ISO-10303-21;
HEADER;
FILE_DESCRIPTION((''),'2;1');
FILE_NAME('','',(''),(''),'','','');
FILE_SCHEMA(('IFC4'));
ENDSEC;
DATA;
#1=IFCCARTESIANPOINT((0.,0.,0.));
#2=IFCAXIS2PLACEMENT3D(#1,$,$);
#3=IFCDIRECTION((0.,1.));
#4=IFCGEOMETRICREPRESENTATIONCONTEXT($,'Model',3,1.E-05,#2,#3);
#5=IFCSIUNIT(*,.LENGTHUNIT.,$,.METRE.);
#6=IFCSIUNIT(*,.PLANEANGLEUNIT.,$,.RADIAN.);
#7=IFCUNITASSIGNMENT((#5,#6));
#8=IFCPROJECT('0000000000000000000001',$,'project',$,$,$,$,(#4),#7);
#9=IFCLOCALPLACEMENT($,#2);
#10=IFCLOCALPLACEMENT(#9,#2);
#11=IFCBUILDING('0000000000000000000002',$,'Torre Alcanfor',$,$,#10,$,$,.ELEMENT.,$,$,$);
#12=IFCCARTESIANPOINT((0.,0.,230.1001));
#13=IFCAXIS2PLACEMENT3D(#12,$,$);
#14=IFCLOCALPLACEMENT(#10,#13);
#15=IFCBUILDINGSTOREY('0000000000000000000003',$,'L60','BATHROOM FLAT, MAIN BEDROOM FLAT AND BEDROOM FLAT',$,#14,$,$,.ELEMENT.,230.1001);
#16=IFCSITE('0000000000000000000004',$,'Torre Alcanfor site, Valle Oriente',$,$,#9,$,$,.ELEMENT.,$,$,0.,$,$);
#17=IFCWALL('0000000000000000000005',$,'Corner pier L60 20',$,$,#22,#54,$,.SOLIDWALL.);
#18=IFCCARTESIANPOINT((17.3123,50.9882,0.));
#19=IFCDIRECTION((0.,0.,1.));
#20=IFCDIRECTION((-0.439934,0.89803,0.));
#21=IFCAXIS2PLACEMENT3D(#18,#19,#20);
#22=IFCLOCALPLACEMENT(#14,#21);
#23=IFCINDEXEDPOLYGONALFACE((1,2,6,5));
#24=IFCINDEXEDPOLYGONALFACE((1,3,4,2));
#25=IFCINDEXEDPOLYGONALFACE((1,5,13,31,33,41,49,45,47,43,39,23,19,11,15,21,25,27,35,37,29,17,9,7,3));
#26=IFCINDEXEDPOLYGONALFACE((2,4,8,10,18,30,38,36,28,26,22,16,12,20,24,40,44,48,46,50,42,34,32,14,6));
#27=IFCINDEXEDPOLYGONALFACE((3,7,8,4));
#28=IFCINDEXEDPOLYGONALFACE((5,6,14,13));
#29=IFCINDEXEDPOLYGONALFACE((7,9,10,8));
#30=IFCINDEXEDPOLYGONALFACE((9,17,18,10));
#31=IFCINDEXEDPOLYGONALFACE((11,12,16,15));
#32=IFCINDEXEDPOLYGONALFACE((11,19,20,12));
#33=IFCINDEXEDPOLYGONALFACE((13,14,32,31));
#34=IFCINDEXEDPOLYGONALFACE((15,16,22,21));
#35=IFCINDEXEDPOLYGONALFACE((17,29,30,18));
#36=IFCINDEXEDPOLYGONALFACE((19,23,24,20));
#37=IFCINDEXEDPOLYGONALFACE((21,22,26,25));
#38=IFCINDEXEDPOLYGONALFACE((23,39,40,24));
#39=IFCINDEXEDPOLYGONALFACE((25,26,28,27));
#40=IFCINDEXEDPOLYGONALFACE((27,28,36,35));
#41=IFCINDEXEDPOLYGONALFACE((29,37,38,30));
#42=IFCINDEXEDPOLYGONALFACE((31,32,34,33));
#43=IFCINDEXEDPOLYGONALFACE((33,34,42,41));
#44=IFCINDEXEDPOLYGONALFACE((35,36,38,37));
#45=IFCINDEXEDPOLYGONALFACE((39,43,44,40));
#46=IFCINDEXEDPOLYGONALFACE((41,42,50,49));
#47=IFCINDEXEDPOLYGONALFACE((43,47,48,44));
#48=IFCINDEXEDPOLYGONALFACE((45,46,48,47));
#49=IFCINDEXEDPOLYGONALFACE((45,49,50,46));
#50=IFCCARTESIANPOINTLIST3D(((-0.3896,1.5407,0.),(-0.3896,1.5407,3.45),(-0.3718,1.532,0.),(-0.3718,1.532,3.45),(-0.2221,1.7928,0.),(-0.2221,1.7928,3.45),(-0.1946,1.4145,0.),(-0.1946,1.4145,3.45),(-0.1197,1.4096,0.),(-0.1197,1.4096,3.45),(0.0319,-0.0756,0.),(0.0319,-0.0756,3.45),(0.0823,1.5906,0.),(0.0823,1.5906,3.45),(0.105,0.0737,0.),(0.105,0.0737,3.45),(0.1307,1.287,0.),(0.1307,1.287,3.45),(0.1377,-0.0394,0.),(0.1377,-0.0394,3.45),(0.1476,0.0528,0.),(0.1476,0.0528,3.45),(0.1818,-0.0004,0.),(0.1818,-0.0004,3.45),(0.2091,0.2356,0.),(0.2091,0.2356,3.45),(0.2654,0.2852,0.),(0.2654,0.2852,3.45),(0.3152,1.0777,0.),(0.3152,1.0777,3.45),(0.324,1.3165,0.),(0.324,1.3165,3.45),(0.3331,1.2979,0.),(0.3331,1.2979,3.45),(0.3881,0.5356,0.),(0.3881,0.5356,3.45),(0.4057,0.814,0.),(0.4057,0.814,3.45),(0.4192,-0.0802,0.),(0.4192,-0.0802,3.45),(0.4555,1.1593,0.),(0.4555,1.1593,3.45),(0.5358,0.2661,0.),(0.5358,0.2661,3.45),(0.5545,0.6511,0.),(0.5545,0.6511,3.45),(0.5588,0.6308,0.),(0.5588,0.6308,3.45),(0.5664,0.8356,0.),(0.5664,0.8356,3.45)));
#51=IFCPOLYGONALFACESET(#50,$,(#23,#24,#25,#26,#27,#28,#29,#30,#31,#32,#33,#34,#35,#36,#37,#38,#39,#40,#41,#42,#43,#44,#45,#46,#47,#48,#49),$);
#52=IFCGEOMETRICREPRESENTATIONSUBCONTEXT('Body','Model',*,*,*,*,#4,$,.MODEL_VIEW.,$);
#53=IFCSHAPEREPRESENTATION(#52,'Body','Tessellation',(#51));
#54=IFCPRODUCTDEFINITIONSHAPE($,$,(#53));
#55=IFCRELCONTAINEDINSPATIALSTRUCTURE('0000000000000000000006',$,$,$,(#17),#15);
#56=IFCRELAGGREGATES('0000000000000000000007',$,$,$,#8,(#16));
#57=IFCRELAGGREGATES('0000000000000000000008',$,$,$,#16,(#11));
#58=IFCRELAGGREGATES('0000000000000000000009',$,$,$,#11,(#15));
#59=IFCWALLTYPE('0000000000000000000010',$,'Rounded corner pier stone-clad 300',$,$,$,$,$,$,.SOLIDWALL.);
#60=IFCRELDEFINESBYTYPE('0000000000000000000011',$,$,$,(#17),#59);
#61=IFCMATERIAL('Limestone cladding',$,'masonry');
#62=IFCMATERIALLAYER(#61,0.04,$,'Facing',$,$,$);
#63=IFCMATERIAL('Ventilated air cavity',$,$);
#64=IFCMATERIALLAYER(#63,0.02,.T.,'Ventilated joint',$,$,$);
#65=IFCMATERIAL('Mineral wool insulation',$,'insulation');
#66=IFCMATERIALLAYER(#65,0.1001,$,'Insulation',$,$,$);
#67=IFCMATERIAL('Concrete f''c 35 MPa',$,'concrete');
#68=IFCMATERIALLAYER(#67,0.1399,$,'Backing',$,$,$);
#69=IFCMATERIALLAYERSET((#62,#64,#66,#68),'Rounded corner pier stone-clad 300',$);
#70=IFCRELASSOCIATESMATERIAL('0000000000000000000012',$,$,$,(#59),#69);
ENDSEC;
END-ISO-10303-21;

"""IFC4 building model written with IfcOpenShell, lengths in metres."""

from ifc_helpers import new_model, si_unit, direction, frame, origin, place, context, subcontext, project, spatial, polyline, outline, extrude, material, layer, layer_set, type_object, element, save


model = new_model("IFC4")

# Units and contexts
model_context = context("Model", 3, precision=1e-05, world=origin(), true_north=direction((0.0, 1.0)))
body_context = subcontext(model_context, "Body", "Model", "MODEL_VIEW")
ifc_project = project(units=[si_unit("LENGTHUNIT", "METRE"), si_unit("PLANEANGLEUNIT", "RADIAN")], contexts=[model_context])

# Site, building, storey
site_placement = place(None, origin())
site = spatial("IfcSite", under=ifc_project, at=site_placement, Name="Torre Alcanfor site, Valle Oriente", CompositionType="ELEMENT", RefElevation=0.0)
building_placement = place(site_placement, origin())
building = spatial("IfcBuilding", under=site, at=building_placement, Name="Torre Alcanfor", CompositionType="ELEMENT")
storey_placement = place(building_placement, frame((0.0, 0.0, 230.1001)))
storey = spatial("IfcBuildingStorey", under=building, at=storey_placement, Name="L60", Description="BATHROOM FLAT, MAIN BEDROOM FLAT AND BEDROOM FLAT", CompositionType="ELEMENT", Elevation=230.1001)

# Shared definitions
ifc_material_1 = material(Name="Limestone cladding", Category="masonry")
ifc_material_2 = material(Name="Ventilated air cavity")
ifc_material_3 = material(Name="Mineral wool insulation", Category="insulation")
ifc_material_4 = material(Name="Concrete f'c 35 MPa", Category="concrete")

# Wall
ifc_layer_1 = layer(ifc_material_1, 0.04, Name="Facing")
ifc_layer_2 = layer(ifc_material_2, 0.02, ventilated=True, Name="Ventilated joint")
ifc_layer_3 = layer(ifc_material_3, 0.1001, Name="Insulation")
ifc_layer_4 = layer(ifc_material_4, 0.1399, Name="Backing")
ifc_layer_set_1 = layer_set([ifc_layer_1, ifc_layer_2, ifc_layer_3, ifc_layer_4], Name="Rounded corner pier stone-clad 300")
wall_type_1 = type_object("IfcWallType", Name="Rounded corner pier stone-clad 300", PredefinedType="SOLIDWALL", material=ifc_layer_set_1)
wall_1_placement = place(storey_placement, frame((17.3123, 50.9882, 0.0), z_axis=(0.0, 0.0, 1.0), x_axis=(-0.439934, 0.89803, 0.0)))
element("IfcWall", 1, at=wall_1_placement, inside=storey, type_object=wall_type_1, Name="Corner pier L60 20", PredefinedType="SOLIDWALL", context=body_context, shape_type="SweptSolid", body=[
    extrude(outline(polyline([(0.1377, -0.0394), (0.1818, -0.0004), (0.4192, -0.0802), (0.5358, 0.2661), (0.5588, 0.6308), (0.5545, 0.6511), (0.5664, 0.8356), (0.4555, 1.1593), (0.3331, 1.2979), (0.324, 1.3165), (0.0823, 1.5906), (-0.2221, 1.7928), (-0.3896, 1.5407), (-0.3718, 1.532), (-0.1946, 1.4145), (-0.1197, 1.4096), (0.1307, 1.287), (0.3152, 1.0777), (0.4057, 0.814), (0.3881, 0.5356), (0.2654, 0.2852), (0.2091, 0.2356), (0.1476, 0.0528), (0.105, 0.0737), (0.0319, -0.0756), (0.1377, -0.0394)])), origin(), (0.0, 0.0, 1.0), 3.45),
])

save(model, "model.ifc")
